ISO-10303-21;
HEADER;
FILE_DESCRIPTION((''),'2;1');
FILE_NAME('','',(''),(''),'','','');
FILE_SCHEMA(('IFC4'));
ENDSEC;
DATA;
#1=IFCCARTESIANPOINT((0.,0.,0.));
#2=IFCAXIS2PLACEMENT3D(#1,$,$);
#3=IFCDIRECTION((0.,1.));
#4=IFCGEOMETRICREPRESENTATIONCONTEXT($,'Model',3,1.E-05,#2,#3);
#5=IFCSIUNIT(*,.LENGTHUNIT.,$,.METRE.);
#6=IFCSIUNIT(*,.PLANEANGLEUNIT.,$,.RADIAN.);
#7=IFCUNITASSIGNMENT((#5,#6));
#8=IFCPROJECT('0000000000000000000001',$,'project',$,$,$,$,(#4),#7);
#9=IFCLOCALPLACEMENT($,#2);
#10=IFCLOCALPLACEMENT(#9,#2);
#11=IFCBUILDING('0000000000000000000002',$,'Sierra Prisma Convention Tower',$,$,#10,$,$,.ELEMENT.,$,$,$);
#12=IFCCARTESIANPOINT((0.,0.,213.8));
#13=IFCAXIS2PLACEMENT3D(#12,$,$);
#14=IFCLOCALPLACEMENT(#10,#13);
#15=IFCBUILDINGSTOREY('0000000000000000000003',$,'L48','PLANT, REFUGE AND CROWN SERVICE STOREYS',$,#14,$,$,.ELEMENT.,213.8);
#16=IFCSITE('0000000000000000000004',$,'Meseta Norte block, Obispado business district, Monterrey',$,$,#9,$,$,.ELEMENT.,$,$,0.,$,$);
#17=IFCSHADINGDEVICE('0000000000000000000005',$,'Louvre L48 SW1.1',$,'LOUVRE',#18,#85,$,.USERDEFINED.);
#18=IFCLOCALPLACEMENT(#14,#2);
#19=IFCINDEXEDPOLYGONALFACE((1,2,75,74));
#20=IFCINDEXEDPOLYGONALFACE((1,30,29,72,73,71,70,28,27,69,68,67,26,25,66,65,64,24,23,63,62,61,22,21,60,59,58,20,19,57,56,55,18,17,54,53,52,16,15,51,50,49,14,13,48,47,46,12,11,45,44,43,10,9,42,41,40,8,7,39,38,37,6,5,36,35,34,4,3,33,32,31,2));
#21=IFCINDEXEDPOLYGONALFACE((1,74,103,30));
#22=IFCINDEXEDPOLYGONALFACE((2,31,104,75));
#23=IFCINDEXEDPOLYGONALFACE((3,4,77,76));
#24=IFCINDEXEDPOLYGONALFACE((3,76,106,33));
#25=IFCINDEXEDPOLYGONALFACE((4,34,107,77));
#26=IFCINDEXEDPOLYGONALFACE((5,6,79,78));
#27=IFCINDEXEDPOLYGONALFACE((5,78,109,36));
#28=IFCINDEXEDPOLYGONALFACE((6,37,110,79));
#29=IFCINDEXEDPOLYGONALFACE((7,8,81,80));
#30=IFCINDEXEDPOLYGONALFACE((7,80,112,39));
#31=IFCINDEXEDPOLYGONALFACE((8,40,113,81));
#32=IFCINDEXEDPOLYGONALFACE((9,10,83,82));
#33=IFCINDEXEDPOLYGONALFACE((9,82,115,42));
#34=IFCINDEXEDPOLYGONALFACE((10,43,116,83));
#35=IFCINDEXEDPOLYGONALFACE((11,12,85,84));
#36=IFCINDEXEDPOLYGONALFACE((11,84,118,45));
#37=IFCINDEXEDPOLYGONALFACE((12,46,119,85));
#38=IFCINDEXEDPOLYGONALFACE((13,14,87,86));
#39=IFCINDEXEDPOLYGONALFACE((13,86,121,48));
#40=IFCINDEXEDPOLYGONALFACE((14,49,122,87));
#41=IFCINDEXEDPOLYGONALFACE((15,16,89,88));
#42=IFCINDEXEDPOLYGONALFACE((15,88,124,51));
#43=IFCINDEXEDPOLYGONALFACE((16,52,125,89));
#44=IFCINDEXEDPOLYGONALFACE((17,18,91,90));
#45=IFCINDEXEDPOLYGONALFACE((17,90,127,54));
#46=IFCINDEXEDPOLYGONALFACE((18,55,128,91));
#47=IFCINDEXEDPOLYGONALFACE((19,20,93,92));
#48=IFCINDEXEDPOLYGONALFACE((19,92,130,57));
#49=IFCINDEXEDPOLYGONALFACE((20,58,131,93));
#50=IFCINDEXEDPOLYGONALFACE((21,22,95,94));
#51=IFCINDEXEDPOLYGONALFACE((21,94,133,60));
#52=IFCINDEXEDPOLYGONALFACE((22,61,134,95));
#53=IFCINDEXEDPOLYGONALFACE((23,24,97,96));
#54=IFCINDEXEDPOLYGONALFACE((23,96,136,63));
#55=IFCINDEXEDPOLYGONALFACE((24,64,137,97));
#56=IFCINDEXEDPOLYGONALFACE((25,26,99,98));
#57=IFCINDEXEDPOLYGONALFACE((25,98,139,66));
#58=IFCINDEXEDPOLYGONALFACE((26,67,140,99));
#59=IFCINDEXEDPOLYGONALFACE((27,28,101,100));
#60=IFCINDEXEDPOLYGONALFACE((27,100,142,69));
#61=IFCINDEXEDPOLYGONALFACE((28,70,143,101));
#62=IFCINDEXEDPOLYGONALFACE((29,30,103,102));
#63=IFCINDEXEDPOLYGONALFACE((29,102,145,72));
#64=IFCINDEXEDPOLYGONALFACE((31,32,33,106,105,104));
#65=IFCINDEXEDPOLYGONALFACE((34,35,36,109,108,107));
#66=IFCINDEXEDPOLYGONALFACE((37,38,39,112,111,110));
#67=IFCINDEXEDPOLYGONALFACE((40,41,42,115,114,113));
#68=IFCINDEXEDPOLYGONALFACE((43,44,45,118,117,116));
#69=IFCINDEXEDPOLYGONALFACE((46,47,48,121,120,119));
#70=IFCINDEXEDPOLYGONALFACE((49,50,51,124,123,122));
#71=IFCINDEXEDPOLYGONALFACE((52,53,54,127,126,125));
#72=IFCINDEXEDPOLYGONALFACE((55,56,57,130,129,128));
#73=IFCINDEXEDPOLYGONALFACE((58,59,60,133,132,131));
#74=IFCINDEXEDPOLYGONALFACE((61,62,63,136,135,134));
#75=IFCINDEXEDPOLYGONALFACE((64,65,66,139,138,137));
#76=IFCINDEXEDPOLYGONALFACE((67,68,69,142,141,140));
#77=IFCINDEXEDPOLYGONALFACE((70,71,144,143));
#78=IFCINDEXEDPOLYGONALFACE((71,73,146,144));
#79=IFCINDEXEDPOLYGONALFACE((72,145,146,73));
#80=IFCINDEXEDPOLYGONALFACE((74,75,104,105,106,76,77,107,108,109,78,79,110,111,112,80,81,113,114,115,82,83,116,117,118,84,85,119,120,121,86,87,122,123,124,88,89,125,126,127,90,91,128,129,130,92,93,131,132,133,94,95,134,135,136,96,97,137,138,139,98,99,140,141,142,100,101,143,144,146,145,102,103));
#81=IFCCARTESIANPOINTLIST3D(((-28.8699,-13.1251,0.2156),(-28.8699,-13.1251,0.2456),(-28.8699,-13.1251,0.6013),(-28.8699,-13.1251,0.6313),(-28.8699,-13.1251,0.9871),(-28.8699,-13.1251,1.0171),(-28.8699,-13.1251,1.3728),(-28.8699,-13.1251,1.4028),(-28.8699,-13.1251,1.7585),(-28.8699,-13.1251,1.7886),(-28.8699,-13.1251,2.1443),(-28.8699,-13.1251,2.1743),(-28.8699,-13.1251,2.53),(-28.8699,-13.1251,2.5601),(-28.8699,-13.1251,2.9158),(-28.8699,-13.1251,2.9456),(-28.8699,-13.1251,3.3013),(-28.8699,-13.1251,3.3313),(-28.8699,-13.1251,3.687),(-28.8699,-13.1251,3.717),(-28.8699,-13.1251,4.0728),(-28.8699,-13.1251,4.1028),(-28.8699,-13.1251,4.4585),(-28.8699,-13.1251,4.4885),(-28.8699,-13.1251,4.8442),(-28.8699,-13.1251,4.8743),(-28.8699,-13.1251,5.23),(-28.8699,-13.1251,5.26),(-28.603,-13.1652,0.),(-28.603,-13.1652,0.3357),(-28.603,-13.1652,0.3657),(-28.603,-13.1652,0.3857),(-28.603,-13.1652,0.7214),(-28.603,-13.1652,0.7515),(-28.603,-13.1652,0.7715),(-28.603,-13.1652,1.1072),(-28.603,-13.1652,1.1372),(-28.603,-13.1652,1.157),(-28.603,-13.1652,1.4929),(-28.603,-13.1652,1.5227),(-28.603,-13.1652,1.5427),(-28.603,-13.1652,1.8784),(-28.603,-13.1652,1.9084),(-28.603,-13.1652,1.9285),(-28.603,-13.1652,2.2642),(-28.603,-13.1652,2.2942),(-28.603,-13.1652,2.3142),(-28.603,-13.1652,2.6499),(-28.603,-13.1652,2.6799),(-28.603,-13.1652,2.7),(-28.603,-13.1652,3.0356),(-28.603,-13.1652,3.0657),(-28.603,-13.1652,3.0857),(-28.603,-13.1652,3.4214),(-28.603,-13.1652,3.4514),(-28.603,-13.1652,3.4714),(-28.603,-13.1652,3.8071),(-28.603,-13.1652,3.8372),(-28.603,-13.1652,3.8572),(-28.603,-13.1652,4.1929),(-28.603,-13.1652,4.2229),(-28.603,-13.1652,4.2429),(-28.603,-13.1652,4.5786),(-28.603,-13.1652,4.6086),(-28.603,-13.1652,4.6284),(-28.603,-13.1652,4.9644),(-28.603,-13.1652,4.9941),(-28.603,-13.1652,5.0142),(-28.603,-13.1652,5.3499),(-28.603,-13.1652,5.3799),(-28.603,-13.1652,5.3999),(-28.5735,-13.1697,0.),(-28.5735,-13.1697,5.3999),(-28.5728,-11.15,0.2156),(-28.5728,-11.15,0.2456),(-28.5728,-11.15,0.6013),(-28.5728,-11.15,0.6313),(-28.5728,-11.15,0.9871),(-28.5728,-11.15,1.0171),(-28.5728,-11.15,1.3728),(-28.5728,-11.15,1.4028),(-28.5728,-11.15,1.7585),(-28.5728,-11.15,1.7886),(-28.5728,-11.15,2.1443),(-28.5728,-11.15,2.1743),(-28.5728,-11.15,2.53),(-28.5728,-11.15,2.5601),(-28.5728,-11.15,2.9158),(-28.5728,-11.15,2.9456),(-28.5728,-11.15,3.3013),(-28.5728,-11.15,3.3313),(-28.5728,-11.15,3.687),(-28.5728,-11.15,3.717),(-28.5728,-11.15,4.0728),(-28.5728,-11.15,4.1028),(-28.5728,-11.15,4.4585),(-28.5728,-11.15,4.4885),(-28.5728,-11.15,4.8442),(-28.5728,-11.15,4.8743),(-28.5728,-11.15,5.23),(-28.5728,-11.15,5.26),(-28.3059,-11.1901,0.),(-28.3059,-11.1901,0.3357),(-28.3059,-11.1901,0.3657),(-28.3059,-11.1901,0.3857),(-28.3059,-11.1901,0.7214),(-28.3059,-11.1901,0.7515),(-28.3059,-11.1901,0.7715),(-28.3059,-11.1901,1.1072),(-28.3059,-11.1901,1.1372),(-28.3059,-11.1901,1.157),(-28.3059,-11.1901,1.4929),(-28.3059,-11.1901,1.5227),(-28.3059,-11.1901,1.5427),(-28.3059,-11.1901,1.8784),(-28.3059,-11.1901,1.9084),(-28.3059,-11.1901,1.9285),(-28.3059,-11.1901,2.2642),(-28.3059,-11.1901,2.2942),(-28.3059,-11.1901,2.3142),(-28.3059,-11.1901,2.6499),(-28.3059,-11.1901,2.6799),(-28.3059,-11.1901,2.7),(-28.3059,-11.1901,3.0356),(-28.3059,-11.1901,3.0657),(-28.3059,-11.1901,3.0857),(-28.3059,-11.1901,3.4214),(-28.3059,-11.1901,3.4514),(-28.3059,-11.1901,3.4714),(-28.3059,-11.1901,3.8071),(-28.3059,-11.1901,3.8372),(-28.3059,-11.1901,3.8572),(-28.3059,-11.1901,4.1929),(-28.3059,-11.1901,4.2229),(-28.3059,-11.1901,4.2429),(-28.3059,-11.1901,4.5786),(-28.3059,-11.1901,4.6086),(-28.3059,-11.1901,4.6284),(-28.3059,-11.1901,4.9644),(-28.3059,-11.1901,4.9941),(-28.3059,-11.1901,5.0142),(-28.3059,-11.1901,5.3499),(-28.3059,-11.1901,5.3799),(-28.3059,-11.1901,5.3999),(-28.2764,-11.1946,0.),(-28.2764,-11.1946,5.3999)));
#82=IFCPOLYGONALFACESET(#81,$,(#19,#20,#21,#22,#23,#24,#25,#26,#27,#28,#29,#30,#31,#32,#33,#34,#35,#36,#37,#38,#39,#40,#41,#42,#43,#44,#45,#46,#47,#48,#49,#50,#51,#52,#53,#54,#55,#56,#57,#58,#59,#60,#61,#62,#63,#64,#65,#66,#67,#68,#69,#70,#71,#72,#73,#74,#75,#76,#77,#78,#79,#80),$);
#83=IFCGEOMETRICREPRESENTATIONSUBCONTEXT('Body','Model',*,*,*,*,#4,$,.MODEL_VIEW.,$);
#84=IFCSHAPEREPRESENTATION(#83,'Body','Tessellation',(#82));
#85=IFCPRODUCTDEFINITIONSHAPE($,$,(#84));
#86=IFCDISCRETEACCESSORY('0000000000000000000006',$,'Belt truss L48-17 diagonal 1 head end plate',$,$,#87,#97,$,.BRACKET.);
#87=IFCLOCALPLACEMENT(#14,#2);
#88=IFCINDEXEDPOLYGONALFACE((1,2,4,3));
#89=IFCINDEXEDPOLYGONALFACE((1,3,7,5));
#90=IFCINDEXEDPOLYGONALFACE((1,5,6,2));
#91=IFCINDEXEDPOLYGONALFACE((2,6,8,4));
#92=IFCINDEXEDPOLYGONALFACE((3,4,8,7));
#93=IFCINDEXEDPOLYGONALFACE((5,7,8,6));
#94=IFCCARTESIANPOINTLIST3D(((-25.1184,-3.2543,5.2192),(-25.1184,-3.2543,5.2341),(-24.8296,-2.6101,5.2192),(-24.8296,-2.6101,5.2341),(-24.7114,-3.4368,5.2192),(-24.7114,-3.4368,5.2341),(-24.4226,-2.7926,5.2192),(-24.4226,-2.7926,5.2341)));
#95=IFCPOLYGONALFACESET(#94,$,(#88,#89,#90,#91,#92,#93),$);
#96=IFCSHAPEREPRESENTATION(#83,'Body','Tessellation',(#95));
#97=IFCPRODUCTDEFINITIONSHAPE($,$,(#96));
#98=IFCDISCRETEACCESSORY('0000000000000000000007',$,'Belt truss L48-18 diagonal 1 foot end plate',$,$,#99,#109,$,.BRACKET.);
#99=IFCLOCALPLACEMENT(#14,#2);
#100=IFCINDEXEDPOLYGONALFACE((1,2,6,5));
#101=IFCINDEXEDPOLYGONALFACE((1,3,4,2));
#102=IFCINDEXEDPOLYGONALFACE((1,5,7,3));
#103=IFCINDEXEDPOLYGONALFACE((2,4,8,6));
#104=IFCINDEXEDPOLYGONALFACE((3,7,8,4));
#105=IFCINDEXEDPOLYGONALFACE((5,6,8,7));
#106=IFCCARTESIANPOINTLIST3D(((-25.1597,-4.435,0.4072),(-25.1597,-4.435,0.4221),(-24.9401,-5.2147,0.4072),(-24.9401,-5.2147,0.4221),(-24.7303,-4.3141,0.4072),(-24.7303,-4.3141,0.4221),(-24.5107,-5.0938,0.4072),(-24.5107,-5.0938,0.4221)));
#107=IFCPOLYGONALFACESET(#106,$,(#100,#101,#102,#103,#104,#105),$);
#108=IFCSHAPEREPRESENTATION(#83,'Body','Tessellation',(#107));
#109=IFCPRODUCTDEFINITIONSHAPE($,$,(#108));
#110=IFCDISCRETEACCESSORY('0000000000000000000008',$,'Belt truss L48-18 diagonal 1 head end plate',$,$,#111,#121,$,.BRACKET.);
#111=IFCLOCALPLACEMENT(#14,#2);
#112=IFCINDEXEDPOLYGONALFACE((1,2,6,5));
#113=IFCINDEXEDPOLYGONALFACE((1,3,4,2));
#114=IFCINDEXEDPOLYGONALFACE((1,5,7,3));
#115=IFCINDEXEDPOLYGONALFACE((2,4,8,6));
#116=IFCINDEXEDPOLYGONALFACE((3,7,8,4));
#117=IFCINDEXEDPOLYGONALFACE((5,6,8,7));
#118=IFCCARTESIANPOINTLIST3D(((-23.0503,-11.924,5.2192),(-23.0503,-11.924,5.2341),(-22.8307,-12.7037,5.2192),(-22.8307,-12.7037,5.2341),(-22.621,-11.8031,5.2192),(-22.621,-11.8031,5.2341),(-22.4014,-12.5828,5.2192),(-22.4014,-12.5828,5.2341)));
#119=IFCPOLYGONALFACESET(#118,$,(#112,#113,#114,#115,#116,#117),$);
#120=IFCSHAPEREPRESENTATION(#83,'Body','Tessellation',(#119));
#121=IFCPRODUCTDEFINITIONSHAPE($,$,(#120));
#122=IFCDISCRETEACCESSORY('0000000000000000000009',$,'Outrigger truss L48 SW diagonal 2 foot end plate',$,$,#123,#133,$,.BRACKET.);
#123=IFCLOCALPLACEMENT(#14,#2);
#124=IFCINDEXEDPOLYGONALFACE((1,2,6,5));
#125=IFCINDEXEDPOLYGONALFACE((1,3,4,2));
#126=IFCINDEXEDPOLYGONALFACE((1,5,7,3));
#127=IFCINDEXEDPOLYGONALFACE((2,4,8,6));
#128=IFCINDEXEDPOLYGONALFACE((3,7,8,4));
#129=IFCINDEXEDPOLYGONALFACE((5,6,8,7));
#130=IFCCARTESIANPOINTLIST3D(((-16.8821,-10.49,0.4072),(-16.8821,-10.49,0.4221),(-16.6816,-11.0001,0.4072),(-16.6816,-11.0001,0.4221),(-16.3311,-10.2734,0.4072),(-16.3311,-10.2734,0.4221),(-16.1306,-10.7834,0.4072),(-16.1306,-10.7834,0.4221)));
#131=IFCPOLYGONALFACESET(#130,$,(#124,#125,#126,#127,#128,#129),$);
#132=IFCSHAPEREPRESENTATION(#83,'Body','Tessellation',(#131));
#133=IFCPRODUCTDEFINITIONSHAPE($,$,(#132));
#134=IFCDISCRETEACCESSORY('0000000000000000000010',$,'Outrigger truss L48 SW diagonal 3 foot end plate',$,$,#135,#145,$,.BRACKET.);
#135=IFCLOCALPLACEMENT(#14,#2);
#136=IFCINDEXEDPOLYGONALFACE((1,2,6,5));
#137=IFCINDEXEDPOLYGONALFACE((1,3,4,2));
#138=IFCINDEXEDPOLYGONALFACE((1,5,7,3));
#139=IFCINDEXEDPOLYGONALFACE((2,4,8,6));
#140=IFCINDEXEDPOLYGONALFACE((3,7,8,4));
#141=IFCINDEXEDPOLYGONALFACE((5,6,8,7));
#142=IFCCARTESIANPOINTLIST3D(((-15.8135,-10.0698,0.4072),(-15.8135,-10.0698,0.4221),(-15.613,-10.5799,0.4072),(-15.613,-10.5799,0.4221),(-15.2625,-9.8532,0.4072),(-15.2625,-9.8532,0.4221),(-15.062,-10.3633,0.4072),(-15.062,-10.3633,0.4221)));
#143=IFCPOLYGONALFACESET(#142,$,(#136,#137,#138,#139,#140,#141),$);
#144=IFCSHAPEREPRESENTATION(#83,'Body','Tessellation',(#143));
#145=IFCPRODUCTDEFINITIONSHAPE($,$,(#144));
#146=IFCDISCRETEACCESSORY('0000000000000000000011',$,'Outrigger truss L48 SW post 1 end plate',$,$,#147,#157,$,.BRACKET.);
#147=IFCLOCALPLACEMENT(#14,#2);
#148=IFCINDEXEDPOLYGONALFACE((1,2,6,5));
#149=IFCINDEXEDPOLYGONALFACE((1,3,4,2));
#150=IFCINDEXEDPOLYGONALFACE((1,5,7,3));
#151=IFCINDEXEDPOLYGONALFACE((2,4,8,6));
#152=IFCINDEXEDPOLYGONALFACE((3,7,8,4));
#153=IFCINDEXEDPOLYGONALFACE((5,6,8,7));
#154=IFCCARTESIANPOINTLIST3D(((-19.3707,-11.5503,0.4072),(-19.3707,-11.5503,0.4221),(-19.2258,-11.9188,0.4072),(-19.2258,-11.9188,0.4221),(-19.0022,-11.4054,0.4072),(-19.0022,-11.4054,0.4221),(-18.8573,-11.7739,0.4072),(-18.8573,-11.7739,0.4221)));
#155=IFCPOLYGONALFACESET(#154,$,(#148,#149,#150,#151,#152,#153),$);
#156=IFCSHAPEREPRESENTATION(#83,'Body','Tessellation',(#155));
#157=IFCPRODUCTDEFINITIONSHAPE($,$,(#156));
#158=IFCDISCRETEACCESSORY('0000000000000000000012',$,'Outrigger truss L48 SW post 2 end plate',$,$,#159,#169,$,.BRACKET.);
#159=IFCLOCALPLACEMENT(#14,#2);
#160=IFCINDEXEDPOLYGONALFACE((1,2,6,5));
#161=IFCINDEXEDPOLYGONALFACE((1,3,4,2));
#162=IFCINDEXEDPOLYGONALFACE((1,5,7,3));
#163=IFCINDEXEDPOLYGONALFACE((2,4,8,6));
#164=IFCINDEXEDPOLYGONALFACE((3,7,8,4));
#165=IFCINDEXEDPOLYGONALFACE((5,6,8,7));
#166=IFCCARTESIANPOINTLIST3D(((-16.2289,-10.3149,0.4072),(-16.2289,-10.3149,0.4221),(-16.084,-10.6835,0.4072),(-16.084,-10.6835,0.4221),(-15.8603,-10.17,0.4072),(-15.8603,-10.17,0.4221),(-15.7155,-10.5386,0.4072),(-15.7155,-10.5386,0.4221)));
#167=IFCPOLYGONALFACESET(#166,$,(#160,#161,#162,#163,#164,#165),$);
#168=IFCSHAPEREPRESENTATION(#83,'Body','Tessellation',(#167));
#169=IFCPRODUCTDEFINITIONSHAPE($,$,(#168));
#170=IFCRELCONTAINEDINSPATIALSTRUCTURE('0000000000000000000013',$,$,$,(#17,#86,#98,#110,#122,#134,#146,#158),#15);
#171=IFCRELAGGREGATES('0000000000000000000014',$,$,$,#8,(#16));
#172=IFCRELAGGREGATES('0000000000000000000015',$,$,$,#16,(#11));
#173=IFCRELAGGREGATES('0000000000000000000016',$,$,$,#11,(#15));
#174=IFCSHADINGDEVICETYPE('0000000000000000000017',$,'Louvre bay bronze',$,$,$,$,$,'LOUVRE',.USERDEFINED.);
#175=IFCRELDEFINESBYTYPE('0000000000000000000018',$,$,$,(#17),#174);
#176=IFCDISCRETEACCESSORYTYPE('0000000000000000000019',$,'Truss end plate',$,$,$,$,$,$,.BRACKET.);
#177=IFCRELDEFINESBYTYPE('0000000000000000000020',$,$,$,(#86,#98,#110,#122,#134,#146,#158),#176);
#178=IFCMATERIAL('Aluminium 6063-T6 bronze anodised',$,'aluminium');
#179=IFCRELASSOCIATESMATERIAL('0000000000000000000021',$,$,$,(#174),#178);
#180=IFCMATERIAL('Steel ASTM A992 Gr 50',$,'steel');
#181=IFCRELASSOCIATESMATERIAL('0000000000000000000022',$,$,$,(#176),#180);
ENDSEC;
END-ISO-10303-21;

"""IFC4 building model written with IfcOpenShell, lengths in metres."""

from ifc_helpers import new_model, si_unit, direction, frame, origin, origin_2d, place, context, subcontext, project, spatial, polyline, rectangle, outline, extrude, material, type_object, element, save


model = new_model("IFC4")

# Units and contexts
model_context = context("Model", 3, precision=1e-05, world=origin(), true_north=direction((0.0, 1.0)))
body_context = subcontext(model_context, "Body", "Model", "MODEL_VIEW")
ifc_project = project(units=[si_unit("LENGTHUNIT", "METRE"), si_unit("PLANEANGLEUNIT", "RADIAN")], contexts=[model_context])

# Site, building, storey
site_placement = place(None, origin())
site = spatial("IfcSite", under=ifc_project, at=site_placement, Name="Meseta Norte block, Obispado business district, Monterrey", CompositionType="ELEMENT", RefElevation=0.0)
building_placement = place(site_placement, origin())
building = spatial("IfcBuilding", under=site, at=building_placement, Name="Sierra Prisma Convention Tower", CompositionType="ELEMENT")
storey_placement = place(building_placement, frame((0.0, 0.0, 213.8)))
storey = spatial("IfcBuildingStorey", under=building, at=storey_placement, Name="L48", Description="PLANT, REFUGE AND CROWN SERVICE STOREYS", CompositionType="ELEMENT", Elevation=213.8)

# Shading device
ifc_material_1 = material(Name="Aluminium 6063-T6 bronze anodised", Category="aluminium")
shading_device_type = type_object("IfcShadingDeviceType", Name="Louvre bay bronze", ElementType="LOUVRE", PredefinedType="USERDEFINED", material=ifc_material_1)
shading_device_1_placement = place(storey_placement, frame((-28.2764, -11.1946, 0.0), z_axis=(0.14875, 0.988875, 0.0), x_axis=(0.0, 0.0, 1.0)))
element("IfcShadingDevice", 1, at=shading_device_1_placement, inside=storey, type_object=shading_device_type, Name="Louvre L48 SW1.1", ObjectType="LOUVRE", PredefinedType="USERDEFINED", context=body_context, shape_type="SweptSolid", body=[
    extrude(outline(polyline([(0.0, 0.0), (5.3999, 0.0), (5.3999, -0.0299), (5.3799, -0.0299), (5.26, -0.2998), (5.23, -0.2998), (5.3499, -0.0299), (5.0142, -0.0299), (4.9941, -0.0299), (4.8743, -0.2998), (4.8442, -0.2998), (4.9644, -0.0299), (4.6284, -0.0299), (4.6086, -0.0299), (4.4885, -0.2998), (4.4585, -0.2998), (4.5786, -0.0299), (4.2429, -0.0299), (4.2229, -0.0299), (4.1028, -0.2998), (4.0728, -0.2998), (4.1929, -0.0299), (3.8572, -0.0299), (3.8372, -0.0299), (3.717, -0.2998), (3.687, -0.2998), (3.8071, -0.0299), (3.4714, -0.0299), (3.4514, -0.0299), (3.3313, -0.2998), (3.3013, -0.2998), (3.4214, -0.0299), (3.0857, -0.0299), (3.0657, -0.0299), (2.9456, -0.2998), (2.9158, -0.2998), (3.0356, -0.0299), (2.7, -0.0299), (2.6799, -0.0299), (2.5601, -0.2998), (2.53, -0.2998), (2.6499, -0.0299), (2.3142, -0.0299), (2.2942, -0.0299), (2.1743, -0.2998), (2.1443, -0.2998), (2.2642, -0.0299), (1.9285, -0.0299), (1.9084, -0.0299), (1.7886, -0.2998), (1.7585, -0.2998), (1.8784, -0.0299), (1.5427, -0.0299), (1.5227, -0.0299), (1.4028, -0.2998), (1.3728, -0.2998), (1.4929, -0.0299), (1.157, -0.0299), (1.1372, -0.0299), (1.0171, -0.2998), (0.9871, -0.2998), (1.1072, -0.0299), (0.7715, -0.0299), (0.7515, -0.0299), (0.6313, -0.2998), (0.6013, -0.2998), (0.7214, -0.0299), (0.3857, -0.0299), (0.3657, -0.0299), (0.2456, -0.2998), (0.2156, -0.2998), (0.3357, -0.0299), (0.0, -0.0299), (0.0, 0.0)])), origin(), (0.0, 0.0, -1.0), 1.9973),
])

# Discrete accessories
ifc_material_2 = material(Name="Steel ASTM A992 Gr 50", Category="steel")
discrete_accessory_type = type_object("IfcDiscreteAccessoryType", Name="Truss end plate", PredefinedType="BRACKET", material=ifc_material_2)
discrete_accessory_placement = place(storey_placement, frame((-24.7705, -3.0234, 5.2192), z_axis=(0.0, 0.0, 1.0), x_axis=(-0.409151, -0.912467, 0.0)))
element("IfcDiscreteAccessory", 2, at=discrete_accessory_placement, inside=storey, type_object=discrete_accessory_type, Name="Belt truss L48-17 diagonal 1 head end plate", PredefinedType="BRACKET", context=body_context, shape_type="SweptSolid", body=[
    extrude(rectangle(XDim=0.7061, YDim=0.446, at=origin_2d()), origin(), (0.0, 0.0, 1.0), 0.0149),
])
for number, where, z_axis, x_axis, name in (
    (3, (-24.8352, -4.7644, 0.4072), (0.0, 0.0, 1.0), (0.271086, -0.962555, 0.0), "Belt truss L48-18 diagonal 1 foot end plate"),
    (4, (-22.7258, -12.2534, 5.2192), (0.0, 0.0, 1.0), (0.271086, -0.962555, 0.0), "Belt truss L48-18 diagonal 1 head end plate"),
):
    element("IfcDiscreteAccessory", number, at=place(storey_placement, frame(where, z_axis=z_axis, x_axis=x_axis)), inside=storey, type_object=discrete_accessory_type, Name=name, PredefinedType="BRACKET", context=body_context, shape_type="SweptSolid", body=[
        extrude(rectangle(XDim=0.8101, YDim=0.446, at=origin_2d()), origin(), (0.0, 0.0, 1.0), 0.0149),
    ])
for number, where, z_axis, x_axis, name in (
    (5, (-16.5063, -10.6367, 0.4072), (0.0, 0.0, 1.0), (0.930651, 0.365907, 0.0), "Outrigger truss L48 SW diagonal 2 foot end plate"),
    (6, (-15.4377, -10.2166, 0.4072), (0.0, 0.0, 1.0), (0.930651, 0.365907, 0.0), "Outrigger truss L48 SW diagonal 3 foot end plate"),
):
    element("IfcDiscreteAccessory", number, at=place(storey_placement, frame(where, z_axis=z_axis, x_axis=x_axis)), inside=storey, type_object=discrete_accessory_type, Name=name, PredefinedType="BRACKET", context=body_context, shape_type="SweptSolid", body=[
        extrude(rectangle(XDim=0.592, YDim=0.5481, at=origin_2d()), origin(), (0.0, 0.0, 1.0), 0.0149),
    ])
for number, where, z_axis, x_axis, name in (
    (7, (-19.114, -11.6621, 0.4072), (0.0, 0.0, 1.0), (0.930651, 0.365907, 0.0), "Outrigger truss L48 SW post 1 end plate"),
    (8, (-15.9722, -10.4268, 0.4072), (0.0, 0.0, 1.0), (0.930651, 0.365907, 0.0), "Outrigger truss L48 SW post 2 end plate"),
):
    element("IfcDiscreteAccessory", number, at=place(storey_placement, frame(where, z_axis=z_axis, x_axis=x_axis)), inside=storey, type_object=discrete_accessory_type, Name=name, PredefinedType="BRACKET", context=body_context, shape_type="SweptSolid", body=[
        extrude(rectangle(XDim=0.396, YDim=0.396, at=origin_2d()), origin(), (0.0, 0.0, 1.0), 0.0149),
    ])

save(model, "model.ifc")
